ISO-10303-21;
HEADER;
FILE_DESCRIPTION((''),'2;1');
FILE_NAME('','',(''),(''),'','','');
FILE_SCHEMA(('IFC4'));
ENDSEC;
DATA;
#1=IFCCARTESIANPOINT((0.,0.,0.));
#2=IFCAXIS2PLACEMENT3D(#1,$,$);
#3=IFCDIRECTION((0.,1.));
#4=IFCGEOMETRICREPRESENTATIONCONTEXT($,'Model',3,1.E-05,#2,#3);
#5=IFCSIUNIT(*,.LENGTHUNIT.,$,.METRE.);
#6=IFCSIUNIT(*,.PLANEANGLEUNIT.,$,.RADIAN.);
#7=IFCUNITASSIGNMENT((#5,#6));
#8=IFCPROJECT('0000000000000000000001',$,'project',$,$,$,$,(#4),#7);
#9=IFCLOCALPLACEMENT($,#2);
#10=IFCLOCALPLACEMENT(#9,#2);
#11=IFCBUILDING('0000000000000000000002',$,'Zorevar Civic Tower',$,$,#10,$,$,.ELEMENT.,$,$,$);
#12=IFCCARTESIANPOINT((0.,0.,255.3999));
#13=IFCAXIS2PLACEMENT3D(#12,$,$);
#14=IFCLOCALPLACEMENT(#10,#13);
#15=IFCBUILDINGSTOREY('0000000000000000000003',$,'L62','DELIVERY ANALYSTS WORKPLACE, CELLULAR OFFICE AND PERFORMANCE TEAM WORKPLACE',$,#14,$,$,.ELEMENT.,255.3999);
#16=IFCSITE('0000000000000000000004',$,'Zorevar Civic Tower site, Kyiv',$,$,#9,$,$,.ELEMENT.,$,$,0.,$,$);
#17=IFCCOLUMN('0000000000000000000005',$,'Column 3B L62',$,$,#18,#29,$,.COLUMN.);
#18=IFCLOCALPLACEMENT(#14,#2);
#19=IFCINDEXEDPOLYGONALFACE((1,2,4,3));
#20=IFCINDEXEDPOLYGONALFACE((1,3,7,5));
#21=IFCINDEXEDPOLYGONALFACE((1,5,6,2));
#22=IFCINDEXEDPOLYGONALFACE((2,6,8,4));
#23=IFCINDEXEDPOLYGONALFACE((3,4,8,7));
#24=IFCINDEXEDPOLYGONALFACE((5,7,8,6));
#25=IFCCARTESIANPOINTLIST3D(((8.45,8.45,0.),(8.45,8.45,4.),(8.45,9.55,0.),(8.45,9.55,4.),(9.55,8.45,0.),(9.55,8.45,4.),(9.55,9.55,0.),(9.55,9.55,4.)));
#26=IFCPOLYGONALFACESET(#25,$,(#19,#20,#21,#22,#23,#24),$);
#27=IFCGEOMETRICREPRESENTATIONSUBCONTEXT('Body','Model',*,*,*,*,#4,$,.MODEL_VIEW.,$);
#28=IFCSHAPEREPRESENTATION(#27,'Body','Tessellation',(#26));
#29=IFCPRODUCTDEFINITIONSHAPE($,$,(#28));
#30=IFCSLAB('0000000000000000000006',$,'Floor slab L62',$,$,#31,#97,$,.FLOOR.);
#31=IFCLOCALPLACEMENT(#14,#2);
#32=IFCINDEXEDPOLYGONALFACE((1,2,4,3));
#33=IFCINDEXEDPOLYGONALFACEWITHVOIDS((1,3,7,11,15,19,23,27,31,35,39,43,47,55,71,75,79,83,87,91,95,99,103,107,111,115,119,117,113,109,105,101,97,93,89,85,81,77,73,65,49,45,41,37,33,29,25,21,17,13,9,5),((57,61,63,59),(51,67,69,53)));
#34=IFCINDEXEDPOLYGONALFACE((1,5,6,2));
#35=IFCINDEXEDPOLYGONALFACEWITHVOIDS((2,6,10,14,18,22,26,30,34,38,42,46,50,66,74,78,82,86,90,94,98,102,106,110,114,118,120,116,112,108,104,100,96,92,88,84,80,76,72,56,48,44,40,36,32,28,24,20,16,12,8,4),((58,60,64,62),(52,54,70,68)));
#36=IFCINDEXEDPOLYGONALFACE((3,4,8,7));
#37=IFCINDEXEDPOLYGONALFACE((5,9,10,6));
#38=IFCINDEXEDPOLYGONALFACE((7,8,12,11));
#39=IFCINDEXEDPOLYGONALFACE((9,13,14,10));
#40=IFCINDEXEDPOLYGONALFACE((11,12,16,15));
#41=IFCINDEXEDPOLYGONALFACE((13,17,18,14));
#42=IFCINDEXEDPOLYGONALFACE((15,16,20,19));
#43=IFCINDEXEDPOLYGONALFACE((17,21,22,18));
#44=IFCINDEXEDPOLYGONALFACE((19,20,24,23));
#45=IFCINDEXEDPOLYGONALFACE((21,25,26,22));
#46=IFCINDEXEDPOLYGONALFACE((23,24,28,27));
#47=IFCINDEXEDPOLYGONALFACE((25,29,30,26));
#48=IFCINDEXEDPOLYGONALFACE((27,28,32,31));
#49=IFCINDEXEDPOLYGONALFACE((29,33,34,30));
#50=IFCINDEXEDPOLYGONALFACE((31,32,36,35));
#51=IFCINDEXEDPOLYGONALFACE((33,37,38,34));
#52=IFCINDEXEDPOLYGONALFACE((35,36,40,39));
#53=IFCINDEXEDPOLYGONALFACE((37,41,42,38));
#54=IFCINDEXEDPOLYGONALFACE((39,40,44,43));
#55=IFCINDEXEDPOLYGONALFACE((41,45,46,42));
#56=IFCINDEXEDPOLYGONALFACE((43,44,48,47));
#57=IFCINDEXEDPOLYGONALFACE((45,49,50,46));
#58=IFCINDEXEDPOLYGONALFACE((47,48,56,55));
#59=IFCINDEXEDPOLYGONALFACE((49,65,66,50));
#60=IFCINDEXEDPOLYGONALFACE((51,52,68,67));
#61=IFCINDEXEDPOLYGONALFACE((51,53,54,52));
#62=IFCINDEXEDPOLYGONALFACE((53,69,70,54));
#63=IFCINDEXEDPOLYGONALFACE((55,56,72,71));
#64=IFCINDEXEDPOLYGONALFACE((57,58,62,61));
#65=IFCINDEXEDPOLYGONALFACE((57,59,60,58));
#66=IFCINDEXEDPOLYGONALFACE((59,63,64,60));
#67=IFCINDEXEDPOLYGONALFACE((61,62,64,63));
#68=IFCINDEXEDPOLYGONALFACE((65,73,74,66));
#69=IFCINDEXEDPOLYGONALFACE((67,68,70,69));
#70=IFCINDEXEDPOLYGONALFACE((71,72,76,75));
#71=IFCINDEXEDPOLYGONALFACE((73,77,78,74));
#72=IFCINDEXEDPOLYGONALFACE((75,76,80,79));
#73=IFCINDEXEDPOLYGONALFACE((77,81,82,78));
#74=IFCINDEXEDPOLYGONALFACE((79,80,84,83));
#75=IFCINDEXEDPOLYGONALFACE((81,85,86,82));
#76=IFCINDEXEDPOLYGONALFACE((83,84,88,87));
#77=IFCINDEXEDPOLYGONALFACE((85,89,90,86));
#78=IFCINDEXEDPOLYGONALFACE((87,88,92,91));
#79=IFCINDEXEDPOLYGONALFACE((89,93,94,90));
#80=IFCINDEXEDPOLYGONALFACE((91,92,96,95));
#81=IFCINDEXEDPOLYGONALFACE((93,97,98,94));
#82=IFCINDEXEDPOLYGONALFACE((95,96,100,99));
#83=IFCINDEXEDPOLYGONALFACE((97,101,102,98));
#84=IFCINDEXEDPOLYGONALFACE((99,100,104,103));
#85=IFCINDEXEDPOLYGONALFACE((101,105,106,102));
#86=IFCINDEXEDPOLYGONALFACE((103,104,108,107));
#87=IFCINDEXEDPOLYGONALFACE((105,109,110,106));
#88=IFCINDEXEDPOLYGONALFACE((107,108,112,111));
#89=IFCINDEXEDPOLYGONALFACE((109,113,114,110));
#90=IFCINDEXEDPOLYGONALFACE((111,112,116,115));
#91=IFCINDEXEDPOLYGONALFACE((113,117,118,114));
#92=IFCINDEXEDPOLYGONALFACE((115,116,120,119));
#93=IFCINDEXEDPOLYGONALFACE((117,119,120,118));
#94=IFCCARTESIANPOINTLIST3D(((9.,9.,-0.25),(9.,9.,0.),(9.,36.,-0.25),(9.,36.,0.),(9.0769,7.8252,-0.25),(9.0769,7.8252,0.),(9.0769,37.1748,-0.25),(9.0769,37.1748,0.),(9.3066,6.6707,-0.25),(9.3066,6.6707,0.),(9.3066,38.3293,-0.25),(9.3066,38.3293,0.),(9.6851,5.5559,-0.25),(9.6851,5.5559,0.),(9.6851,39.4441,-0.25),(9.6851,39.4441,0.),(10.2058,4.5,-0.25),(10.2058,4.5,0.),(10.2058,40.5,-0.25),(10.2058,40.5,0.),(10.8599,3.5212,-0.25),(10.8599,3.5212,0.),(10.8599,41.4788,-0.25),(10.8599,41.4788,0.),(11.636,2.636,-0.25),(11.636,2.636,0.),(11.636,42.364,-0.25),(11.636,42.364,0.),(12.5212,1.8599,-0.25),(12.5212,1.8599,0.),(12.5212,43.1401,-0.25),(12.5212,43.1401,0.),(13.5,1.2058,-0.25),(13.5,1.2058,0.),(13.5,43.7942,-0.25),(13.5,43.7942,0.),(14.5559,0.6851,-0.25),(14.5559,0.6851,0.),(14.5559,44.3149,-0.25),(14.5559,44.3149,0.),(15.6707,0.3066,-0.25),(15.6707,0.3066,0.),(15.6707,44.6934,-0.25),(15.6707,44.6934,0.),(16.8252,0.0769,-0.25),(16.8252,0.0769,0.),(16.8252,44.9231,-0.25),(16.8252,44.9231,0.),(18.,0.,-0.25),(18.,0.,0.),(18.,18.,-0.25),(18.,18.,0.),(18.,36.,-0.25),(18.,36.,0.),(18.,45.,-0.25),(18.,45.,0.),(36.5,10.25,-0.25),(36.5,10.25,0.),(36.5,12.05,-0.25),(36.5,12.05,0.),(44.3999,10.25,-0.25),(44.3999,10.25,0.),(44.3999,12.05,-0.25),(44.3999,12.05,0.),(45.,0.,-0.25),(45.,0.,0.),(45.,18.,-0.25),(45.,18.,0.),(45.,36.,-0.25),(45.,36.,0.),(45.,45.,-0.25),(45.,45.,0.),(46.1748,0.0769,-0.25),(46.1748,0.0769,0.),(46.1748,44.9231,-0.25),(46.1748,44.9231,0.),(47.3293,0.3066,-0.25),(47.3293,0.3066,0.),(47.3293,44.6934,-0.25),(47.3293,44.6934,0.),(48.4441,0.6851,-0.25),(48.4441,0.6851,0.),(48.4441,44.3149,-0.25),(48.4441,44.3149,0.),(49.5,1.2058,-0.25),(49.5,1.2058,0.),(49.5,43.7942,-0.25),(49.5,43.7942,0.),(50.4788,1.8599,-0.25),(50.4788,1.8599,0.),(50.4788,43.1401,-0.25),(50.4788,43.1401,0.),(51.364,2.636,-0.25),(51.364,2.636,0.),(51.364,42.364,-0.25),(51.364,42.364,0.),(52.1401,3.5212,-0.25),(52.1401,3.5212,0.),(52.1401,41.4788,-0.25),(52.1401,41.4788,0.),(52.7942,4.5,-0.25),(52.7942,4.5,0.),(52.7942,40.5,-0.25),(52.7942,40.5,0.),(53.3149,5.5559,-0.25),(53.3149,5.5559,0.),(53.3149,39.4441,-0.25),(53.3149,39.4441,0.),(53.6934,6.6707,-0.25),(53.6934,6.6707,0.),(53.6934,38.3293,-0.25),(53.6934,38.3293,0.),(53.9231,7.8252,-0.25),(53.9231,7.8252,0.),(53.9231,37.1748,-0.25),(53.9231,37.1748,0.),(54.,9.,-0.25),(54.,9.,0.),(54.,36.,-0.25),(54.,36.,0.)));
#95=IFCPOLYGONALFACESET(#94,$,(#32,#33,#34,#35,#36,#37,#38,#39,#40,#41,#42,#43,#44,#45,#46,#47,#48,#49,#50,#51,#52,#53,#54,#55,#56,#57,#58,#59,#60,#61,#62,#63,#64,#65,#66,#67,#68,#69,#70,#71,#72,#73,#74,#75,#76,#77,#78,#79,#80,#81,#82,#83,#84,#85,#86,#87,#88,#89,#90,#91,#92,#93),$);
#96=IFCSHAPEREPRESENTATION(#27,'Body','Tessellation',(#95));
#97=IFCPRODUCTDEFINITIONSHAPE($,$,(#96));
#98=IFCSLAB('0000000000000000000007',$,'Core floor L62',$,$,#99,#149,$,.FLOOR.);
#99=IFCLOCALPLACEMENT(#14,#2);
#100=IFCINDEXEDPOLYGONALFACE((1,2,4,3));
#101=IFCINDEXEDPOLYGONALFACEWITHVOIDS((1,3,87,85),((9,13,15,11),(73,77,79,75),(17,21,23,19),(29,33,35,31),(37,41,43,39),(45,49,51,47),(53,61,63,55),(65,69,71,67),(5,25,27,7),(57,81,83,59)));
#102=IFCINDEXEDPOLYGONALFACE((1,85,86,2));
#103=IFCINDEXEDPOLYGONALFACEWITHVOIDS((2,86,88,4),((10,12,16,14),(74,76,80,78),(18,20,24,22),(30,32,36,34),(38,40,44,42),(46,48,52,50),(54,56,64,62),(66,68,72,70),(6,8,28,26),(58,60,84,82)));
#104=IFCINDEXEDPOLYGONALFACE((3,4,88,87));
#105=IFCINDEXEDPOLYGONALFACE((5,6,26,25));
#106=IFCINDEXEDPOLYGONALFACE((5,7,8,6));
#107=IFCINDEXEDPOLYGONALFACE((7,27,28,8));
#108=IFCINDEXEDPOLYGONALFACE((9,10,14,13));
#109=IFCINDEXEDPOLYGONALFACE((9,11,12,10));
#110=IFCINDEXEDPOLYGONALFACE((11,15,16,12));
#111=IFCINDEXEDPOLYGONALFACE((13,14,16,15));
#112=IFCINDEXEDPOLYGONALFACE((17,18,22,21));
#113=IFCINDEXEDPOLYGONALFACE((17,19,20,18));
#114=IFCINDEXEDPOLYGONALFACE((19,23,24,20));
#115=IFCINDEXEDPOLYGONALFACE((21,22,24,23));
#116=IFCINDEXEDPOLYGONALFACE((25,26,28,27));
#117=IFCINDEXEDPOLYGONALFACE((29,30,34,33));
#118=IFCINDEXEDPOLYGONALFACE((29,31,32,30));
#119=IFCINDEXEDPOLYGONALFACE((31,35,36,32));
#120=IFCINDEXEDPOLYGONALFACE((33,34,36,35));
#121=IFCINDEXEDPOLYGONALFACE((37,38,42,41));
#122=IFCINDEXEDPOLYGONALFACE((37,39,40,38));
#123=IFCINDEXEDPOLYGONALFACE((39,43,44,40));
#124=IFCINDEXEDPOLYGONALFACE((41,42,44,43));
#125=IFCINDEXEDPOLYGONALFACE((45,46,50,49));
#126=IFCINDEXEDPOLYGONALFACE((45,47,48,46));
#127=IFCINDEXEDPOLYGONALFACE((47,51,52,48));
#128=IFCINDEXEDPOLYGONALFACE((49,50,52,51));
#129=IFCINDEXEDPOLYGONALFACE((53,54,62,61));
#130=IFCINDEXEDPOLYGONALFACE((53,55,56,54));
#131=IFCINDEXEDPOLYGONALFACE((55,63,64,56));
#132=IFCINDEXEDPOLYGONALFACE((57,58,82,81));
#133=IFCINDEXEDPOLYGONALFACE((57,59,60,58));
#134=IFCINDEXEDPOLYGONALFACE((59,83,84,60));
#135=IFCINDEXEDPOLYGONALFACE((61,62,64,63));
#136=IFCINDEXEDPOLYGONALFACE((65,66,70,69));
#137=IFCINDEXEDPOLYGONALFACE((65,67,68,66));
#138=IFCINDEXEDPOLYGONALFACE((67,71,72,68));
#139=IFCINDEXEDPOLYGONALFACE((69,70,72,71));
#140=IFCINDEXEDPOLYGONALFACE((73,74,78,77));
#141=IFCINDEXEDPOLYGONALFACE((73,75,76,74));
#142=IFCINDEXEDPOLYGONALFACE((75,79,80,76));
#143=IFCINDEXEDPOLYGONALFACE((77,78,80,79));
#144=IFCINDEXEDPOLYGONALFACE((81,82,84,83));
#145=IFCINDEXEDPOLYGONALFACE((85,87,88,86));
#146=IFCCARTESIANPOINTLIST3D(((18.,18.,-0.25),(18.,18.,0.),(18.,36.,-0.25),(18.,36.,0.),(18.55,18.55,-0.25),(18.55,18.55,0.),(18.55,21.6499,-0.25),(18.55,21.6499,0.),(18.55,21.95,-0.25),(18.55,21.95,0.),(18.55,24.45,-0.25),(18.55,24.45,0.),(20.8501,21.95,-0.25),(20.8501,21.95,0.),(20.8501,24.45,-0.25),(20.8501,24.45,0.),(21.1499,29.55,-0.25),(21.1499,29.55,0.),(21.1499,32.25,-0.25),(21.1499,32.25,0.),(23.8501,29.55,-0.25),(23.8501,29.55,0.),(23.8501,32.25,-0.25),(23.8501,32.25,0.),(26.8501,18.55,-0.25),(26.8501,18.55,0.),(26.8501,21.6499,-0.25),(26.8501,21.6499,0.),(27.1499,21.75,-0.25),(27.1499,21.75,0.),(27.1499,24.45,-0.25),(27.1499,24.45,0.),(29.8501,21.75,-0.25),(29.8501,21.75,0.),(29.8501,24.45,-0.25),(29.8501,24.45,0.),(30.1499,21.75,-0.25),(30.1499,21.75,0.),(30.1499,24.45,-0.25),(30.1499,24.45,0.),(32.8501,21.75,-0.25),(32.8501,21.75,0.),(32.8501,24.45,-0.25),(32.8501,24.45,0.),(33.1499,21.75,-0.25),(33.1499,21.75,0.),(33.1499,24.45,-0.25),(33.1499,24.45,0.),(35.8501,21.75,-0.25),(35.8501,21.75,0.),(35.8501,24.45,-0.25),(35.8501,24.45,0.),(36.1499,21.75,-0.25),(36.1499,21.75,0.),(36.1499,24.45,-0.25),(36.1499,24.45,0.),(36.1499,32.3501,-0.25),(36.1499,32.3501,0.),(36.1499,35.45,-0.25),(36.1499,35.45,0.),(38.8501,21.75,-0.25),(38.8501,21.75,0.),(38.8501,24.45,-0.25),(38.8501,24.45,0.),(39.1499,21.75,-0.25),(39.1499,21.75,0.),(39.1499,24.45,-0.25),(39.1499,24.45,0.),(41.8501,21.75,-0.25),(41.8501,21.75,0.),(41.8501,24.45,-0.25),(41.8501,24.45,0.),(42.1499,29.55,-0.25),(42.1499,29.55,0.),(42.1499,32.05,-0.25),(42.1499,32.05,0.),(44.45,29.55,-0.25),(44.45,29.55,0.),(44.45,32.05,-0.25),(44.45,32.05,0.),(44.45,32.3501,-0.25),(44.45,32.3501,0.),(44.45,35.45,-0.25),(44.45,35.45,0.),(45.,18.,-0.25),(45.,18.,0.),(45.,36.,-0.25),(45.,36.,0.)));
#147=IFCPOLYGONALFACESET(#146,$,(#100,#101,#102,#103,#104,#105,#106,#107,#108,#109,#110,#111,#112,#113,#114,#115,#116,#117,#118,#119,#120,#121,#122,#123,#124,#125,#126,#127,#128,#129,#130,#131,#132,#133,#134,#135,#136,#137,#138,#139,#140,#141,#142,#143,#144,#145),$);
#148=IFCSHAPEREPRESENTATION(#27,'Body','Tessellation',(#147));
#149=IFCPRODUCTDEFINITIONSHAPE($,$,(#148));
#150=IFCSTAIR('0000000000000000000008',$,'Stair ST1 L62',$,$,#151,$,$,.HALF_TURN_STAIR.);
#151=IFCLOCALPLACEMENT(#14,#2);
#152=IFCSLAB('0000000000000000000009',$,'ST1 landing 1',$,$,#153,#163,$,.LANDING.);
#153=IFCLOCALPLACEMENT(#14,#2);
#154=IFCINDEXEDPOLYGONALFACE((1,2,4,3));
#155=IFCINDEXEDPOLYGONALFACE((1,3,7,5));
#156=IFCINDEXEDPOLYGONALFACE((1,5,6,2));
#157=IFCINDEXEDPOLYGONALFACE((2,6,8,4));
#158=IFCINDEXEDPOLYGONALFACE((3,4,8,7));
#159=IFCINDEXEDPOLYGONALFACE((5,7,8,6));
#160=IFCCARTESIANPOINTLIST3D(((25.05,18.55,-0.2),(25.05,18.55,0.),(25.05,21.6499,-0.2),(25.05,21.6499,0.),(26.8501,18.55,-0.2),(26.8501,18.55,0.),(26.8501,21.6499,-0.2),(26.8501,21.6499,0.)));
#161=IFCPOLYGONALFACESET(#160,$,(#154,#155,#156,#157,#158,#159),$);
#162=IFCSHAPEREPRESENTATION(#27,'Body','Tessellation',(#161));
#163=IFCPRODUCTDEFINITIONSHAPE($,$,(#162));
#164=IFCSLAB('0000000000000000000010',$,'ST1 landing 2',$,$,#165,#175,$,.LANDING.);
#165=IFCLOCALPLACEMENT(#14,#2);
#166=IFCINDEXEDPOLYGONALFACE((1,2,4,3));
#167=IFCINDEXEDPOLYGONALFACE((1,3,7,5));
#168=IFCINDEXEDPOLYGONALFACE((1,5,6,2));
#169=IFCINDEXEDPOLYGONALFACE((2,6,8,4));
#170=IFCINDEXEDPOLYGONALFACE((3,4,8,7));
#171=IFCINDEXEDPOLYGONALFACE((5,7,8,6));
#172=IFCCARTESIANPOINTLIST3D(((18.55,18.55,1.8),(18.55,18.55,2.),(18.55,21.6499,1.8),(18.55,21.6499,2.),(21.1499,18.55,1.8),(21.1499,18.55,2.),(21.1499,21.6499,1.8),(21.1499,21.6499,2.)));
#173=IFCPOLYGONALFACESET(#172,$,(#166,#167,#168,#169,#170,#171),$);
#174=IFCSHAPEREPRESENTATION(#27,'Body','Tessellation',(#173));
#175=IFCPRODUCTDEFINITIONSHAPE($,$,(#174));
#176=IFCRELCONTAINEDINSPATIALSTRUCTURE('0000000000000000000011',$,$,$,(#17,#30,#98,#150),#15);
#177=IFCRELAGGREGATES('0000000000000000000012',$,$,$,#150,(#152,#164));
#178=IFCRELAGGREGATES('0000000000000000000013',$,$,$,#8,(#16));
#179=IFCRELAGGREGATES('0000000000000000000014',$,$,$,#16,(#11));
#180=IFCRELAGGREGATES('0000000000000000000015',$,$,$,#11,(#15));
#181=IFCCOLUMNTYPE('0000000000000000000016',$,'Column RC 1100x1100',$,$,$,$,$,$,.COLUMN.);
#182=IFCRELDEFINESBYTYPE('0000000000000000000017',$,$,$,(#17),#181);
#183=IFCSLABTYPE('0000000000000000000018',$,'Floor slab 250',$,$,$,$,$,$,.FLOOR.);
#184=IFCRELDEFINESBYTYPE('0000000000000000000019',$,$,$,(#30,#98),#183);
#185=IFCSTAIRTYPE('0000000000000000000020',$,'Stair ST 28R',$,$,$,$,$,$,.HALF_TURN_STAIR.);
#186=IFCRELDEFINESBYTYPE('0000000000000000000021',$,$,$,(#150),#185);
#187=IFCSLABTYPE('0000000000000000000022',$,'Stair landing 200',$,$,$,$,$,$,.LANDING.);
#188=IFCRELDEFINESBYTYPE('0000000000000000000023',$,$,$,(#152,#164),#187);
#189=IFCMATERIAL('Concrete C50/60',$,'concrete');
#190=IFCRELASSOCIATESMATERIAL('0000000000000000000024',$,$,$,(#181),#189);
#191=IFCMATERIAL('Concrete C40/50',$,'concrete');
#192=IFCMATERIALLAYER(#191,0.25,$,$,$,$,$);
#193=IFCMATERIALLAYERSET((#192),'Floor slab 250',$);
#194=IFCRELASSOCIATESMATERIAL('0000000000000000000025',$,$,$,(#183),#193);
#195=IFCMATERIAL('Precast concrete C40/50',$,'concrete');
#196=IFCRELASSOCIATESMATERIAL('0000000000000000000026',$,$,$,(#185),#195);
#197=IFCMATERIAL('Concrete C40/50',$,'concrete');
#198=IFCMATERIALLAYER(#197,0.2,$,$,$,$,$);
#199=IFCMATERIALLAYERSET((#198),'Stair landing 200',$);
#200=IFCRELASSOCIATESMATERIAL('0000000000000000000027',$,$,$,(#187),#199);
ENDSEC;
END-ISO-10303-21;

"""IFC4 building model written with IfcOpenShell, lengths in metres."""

from ifc_helpers import new_model, si_unit, direction, frame, origin, origin_2d, place, context, subcontext, project, spatial, polyline, rectangle, outline, extrude, material, layer, layer_set, material_profile, profile_set, type_object, element, aggregate, save


model = new_model("IFC4")

# Units and contexts
model_context = context("Model", 3, precision=1e-05, world=origin(), true_north=direction((0.0, 1.0)))
body_context = subcontext(model_context, "Body", "Model", "MODEL_VIEW")
ifc_project = project(units=[si_unit("LENGTHUNIT", "METRE"), si_unit("PLANEANGLEUNIT", "RADIAN")], contexts=[model_context])

# Site, building, storey
site_placement = place(None, origin())
site = spatial("IfcSite", under=ifc_project, at=site_placement, Name="Zorevar Civic Tower site, Kyiv", CompositionType="ELEMENT", RefElevation=0.0)
building_placement = place(site_placement, origin())
building = spatial("IfcBuilding", under=site, at=building_placement, Name="Zorevar Civic Tower", CompositionType="ELEMENT")
storey_placement = place(building_placement, frame((0.0, 0.0, 255.3999)))
storey = spatial("IfcBuildingStorey", under=building, at=storey_placement, Name="L62", Description="DELIVERY ANALYSTS WORKPLACE, CELLULAR OFFICE AND PERFORMANCE TEAM WORKPLACE", CompositionType="ELEMENT", Elevation=255.3999)

# Column
ifc_material_1 = material(Name="Concrete C50/60", Category="concrete")
ifc_material_profile = material_profile(ifc_material_1, rectangle(XDim=1.1001, YDim=1.1001, at=origin_2d()), Name="RC 1100x1100")
ifc_profile_set = profile_set([ifc_material_profile], Name="Concrete C50/60")
column_type = type_object("IfcColumnType", Name="Column RC 1100x1100", PredefinedType="COLUMN", material=ifc_profile_set)
column_placement = place(storey_placement, frame((9.0, 9.0, 0.0), z_axis=(0.0, 0.0, 1.0), x_axis=(1.0, 0.0, 0.0)))
element("IfcColumn", 1, at=column_placement, inside=storey, type_object=column_type, Name="Column 3B L62", PredefinedType="COLUMN", context=body_context, shape_type="SweptSolid", body=[
    extrude(rectangle(XDim=1.1001, YDim=1.1001, at=origin_2d()), origin(), (0.0, 0.0, 1.0), 4.0),
])

# Slabs
ifc_material_2 = material(Name="Concrete C40/50", Category="concrete")
ifc_layer_1 = layer(ifc_material_2, 0.25)
ifc_layer_set_1 = layer_set([ifc_layer_1], Name="Floor slab 250")
slab_type_1 = type_object("IfcSlabType", Name="Floor slab 250", PredefinedType="FLOOR", material=ifc_layer_set_1)
slab_1_placement = place(storey_placement, frame((0.0, 0.0, -0.25)))
element("IfcSlab", 2, at=slab_1_placement, inside=storey, type_object=slab_type_1, Name="Floor slab L62", PredefinedType="FLOOR", context=body_context, shape_type="SweptSolid", body=[
    extrude(outline(polyline([(45.0, 0.0), (46.1748, 0.0769), (47.3293, 0.3066), (48.4441, 0.6851), (49.5, 1.2058), (50.4788, 1.8599), (51.364, 2.636), (52.1401, 3.5212), (52.7942, 4.5), (53.3149, 5.5559), (53.6934, 6.6707), (53.9231, 7.8252), (54.0, 9.0), (54.0, 36.0), (53.9231, 37.1748), (53.6934, 38.3293), (53.3149, 39.4441), (52.7942, 40.5), (52.1401, 41.4788), (51.364, 42.364), (50.4788, 43.1401), (49.5, 43.7942), (48.4441, 44.3149), (47.3293, 44.6934), (46.1748, 44.9231), (45.0, 45.0), (18.0, 45.0), (16.8252, 44.9231), (15.6707, 44.6934), (14.5559, 44.3149), (13.5, 43.7942), (12.5212, 43.1401), (11.636, 42.364), (10.8599, 41.4788), (10.2058, 40.5), (9.6851, 39.4441), (9.3066, 38.3293), (9.0769, 37.1748), (9.0, 36.0), (9.0, 9.0), (9.0769, 7.8252), (9.3066, 6.6707), (9.6851, 5.5559), (10.2058, 4.5), (10.8599, 3.5212), (11.636, 2.636), (12.5212, 1.8599), (13.5, 1.2058), (14.5559, 0.6851), (15.6707, 0.3066), (16.8252, 0.0769), (18.0, 0.0), (45.0, 0.0)]), holes=[polyline([(18.0, 18.0), (45.0, 18.0), (45.0, 36.0), (18.0, 36.0), (18.0, 18.0)]), polyline([(36.5, 10.25), (44.3999, 10.25), (44.3999, 12.05), (36.5, 12.05), (36.5, 10.25)])]), origin(), (0.0, 0.0, 1.0), 0.25),
])
slab_2_placement = place(storey_placement, frame((0.0, 0.0, -0.25)))
element("IfcSlab", 3, at=slab_2_placement, inside=storey, type_object=slab_type_1, Name="Core floor L62", PredefinedType="FLOOR", context=body_context, shape_type="SweptSolid", body=[
    extrude(outline(polyline([(18.0, 18.0), (45.0, 18.0), (45.0, 36.0), (18.0, 36.0), (18.0, 18.0)]), holes=[polyline([(18.55, 18.55), (26.8501, 18.55), (26.8501, 21.6499), (18.55, 21.6499), (18.55, 18.55)]), polyline([(36.1499, 32.3501), (44.45, 32.3501), (44.45, 35.45), (36.1499, 35.45), (36.1499, 32.3501)]), polyline([(18.55, 21.95), (20.8501, 21.95), (20.8501, 24.45), (18.55, 24.45), (18.55, 21.95)]), polyline([(42.1499, 29.55), (44.45, 29.55), (44.45, 32.05), (42.1499, 32.05), (42.1499, 29.55)]), polyline([(27.1499, 21.75), (29.8501, 21.75), (29.8501, 24.45), (27.1499, 24.45), (27.1499, 21.75)]), polyline([(30.1499, 21.75), (32.8501, 21.75), (32.8501, 24.45), (30.1499, 24.45), (30.1499, 21.75)]), polyline([(33.1499, 21.75), (35.8501, 21.75), (35.8501, 24.45), (33.1499, 24.45), (33.1499, 21.75)]), polyline([(36.1499, 21.75), (38.8501, 21.75), (38.8501, 24.45), (36.1499, 24.45), (36.1499, 21.75)]), polyline([(39.1499, 21.75), (41.8501, 21.75), (41.8501, 24.45), (39.1499, 24.45), (39.1499, 21.75)]), polyline([(21.1499, 29.55), (23.8501, 29.55), (23.8501, 32.25), (21.1499, 32.25), (21.1499, 29.55)])]), origin(), (0.0, 0.0, 1.0), 0.25),
])

# Stair, slabs
ifc_material_3 = material(Name="Precast concrete C40/50", Category="concrete")
stair_type = type_object("IfcStairType", Name="Stair ST 28R", PredefinedType="HALF_TURN_STAIR", material=ifc_material_3)
stair_1_placement = place(storey_placement, origin())
stair_1 = element("IfcStair", 4, at=stair_1_placement, inside=storey, type_object=stair_type, Name="Stair ST1 L62", PredefinedType="HALF_TURN_STAIR")
ifc_material_4 = material(Name="Concrete C40/50", Category="concrete")
ifc_layer_2 = layer(ifc_material_4, 0.2)
ifc_layer_set_2 = layer_set([ifc_layer_2], Name="Stair landing 200")
slab_type_2 = type_object("IfcSlabType", Name="Stair landing 200", PredefinedType="LANDING", material=ifc_layer_set_2)
slab_3_placement = place(storey_placement, frame((0.0, 0.0, -0.2)))
slab_3 = element("IfcSlab", 5, at=slab_3_placement, type_object=slab_type_2, Name="ST1 landing 1", PredefinedType="LANDING", context=body_context, shape_type="SweptSolid", body=[
    extrude(outline(polyline([(25.05, 18.55), (26.8501, 18.55), (26.8501, 21.6499), (25.05, 21.6499), (25.05, 18.55)])), origin(), (0.0, 0.0, 1.0), 0.2),
])
slab_4_placement = place(storey_placement, frame((0.0, 0.0, 1.8)))
slab_4 = element("IfcSlab", 6, at=slab_4_placement, type_object=slab_type_2, Name="ST1 landing 2", PredefinedType="LANDING", context=body_context, shape_type="SweptSolid", body=[
    extrude(outline(polyline([(18.55, 18.55), (21.1499, 18.55), (21.1499, 21.6499), (18.55, 21.6499), (18.55, 18.55)])), origin(), (0.0, 0.0, 1.0), 0.2),
])
aggregate(stair_1, [slab_3, slab_4])

save(model, "model.ifc")
